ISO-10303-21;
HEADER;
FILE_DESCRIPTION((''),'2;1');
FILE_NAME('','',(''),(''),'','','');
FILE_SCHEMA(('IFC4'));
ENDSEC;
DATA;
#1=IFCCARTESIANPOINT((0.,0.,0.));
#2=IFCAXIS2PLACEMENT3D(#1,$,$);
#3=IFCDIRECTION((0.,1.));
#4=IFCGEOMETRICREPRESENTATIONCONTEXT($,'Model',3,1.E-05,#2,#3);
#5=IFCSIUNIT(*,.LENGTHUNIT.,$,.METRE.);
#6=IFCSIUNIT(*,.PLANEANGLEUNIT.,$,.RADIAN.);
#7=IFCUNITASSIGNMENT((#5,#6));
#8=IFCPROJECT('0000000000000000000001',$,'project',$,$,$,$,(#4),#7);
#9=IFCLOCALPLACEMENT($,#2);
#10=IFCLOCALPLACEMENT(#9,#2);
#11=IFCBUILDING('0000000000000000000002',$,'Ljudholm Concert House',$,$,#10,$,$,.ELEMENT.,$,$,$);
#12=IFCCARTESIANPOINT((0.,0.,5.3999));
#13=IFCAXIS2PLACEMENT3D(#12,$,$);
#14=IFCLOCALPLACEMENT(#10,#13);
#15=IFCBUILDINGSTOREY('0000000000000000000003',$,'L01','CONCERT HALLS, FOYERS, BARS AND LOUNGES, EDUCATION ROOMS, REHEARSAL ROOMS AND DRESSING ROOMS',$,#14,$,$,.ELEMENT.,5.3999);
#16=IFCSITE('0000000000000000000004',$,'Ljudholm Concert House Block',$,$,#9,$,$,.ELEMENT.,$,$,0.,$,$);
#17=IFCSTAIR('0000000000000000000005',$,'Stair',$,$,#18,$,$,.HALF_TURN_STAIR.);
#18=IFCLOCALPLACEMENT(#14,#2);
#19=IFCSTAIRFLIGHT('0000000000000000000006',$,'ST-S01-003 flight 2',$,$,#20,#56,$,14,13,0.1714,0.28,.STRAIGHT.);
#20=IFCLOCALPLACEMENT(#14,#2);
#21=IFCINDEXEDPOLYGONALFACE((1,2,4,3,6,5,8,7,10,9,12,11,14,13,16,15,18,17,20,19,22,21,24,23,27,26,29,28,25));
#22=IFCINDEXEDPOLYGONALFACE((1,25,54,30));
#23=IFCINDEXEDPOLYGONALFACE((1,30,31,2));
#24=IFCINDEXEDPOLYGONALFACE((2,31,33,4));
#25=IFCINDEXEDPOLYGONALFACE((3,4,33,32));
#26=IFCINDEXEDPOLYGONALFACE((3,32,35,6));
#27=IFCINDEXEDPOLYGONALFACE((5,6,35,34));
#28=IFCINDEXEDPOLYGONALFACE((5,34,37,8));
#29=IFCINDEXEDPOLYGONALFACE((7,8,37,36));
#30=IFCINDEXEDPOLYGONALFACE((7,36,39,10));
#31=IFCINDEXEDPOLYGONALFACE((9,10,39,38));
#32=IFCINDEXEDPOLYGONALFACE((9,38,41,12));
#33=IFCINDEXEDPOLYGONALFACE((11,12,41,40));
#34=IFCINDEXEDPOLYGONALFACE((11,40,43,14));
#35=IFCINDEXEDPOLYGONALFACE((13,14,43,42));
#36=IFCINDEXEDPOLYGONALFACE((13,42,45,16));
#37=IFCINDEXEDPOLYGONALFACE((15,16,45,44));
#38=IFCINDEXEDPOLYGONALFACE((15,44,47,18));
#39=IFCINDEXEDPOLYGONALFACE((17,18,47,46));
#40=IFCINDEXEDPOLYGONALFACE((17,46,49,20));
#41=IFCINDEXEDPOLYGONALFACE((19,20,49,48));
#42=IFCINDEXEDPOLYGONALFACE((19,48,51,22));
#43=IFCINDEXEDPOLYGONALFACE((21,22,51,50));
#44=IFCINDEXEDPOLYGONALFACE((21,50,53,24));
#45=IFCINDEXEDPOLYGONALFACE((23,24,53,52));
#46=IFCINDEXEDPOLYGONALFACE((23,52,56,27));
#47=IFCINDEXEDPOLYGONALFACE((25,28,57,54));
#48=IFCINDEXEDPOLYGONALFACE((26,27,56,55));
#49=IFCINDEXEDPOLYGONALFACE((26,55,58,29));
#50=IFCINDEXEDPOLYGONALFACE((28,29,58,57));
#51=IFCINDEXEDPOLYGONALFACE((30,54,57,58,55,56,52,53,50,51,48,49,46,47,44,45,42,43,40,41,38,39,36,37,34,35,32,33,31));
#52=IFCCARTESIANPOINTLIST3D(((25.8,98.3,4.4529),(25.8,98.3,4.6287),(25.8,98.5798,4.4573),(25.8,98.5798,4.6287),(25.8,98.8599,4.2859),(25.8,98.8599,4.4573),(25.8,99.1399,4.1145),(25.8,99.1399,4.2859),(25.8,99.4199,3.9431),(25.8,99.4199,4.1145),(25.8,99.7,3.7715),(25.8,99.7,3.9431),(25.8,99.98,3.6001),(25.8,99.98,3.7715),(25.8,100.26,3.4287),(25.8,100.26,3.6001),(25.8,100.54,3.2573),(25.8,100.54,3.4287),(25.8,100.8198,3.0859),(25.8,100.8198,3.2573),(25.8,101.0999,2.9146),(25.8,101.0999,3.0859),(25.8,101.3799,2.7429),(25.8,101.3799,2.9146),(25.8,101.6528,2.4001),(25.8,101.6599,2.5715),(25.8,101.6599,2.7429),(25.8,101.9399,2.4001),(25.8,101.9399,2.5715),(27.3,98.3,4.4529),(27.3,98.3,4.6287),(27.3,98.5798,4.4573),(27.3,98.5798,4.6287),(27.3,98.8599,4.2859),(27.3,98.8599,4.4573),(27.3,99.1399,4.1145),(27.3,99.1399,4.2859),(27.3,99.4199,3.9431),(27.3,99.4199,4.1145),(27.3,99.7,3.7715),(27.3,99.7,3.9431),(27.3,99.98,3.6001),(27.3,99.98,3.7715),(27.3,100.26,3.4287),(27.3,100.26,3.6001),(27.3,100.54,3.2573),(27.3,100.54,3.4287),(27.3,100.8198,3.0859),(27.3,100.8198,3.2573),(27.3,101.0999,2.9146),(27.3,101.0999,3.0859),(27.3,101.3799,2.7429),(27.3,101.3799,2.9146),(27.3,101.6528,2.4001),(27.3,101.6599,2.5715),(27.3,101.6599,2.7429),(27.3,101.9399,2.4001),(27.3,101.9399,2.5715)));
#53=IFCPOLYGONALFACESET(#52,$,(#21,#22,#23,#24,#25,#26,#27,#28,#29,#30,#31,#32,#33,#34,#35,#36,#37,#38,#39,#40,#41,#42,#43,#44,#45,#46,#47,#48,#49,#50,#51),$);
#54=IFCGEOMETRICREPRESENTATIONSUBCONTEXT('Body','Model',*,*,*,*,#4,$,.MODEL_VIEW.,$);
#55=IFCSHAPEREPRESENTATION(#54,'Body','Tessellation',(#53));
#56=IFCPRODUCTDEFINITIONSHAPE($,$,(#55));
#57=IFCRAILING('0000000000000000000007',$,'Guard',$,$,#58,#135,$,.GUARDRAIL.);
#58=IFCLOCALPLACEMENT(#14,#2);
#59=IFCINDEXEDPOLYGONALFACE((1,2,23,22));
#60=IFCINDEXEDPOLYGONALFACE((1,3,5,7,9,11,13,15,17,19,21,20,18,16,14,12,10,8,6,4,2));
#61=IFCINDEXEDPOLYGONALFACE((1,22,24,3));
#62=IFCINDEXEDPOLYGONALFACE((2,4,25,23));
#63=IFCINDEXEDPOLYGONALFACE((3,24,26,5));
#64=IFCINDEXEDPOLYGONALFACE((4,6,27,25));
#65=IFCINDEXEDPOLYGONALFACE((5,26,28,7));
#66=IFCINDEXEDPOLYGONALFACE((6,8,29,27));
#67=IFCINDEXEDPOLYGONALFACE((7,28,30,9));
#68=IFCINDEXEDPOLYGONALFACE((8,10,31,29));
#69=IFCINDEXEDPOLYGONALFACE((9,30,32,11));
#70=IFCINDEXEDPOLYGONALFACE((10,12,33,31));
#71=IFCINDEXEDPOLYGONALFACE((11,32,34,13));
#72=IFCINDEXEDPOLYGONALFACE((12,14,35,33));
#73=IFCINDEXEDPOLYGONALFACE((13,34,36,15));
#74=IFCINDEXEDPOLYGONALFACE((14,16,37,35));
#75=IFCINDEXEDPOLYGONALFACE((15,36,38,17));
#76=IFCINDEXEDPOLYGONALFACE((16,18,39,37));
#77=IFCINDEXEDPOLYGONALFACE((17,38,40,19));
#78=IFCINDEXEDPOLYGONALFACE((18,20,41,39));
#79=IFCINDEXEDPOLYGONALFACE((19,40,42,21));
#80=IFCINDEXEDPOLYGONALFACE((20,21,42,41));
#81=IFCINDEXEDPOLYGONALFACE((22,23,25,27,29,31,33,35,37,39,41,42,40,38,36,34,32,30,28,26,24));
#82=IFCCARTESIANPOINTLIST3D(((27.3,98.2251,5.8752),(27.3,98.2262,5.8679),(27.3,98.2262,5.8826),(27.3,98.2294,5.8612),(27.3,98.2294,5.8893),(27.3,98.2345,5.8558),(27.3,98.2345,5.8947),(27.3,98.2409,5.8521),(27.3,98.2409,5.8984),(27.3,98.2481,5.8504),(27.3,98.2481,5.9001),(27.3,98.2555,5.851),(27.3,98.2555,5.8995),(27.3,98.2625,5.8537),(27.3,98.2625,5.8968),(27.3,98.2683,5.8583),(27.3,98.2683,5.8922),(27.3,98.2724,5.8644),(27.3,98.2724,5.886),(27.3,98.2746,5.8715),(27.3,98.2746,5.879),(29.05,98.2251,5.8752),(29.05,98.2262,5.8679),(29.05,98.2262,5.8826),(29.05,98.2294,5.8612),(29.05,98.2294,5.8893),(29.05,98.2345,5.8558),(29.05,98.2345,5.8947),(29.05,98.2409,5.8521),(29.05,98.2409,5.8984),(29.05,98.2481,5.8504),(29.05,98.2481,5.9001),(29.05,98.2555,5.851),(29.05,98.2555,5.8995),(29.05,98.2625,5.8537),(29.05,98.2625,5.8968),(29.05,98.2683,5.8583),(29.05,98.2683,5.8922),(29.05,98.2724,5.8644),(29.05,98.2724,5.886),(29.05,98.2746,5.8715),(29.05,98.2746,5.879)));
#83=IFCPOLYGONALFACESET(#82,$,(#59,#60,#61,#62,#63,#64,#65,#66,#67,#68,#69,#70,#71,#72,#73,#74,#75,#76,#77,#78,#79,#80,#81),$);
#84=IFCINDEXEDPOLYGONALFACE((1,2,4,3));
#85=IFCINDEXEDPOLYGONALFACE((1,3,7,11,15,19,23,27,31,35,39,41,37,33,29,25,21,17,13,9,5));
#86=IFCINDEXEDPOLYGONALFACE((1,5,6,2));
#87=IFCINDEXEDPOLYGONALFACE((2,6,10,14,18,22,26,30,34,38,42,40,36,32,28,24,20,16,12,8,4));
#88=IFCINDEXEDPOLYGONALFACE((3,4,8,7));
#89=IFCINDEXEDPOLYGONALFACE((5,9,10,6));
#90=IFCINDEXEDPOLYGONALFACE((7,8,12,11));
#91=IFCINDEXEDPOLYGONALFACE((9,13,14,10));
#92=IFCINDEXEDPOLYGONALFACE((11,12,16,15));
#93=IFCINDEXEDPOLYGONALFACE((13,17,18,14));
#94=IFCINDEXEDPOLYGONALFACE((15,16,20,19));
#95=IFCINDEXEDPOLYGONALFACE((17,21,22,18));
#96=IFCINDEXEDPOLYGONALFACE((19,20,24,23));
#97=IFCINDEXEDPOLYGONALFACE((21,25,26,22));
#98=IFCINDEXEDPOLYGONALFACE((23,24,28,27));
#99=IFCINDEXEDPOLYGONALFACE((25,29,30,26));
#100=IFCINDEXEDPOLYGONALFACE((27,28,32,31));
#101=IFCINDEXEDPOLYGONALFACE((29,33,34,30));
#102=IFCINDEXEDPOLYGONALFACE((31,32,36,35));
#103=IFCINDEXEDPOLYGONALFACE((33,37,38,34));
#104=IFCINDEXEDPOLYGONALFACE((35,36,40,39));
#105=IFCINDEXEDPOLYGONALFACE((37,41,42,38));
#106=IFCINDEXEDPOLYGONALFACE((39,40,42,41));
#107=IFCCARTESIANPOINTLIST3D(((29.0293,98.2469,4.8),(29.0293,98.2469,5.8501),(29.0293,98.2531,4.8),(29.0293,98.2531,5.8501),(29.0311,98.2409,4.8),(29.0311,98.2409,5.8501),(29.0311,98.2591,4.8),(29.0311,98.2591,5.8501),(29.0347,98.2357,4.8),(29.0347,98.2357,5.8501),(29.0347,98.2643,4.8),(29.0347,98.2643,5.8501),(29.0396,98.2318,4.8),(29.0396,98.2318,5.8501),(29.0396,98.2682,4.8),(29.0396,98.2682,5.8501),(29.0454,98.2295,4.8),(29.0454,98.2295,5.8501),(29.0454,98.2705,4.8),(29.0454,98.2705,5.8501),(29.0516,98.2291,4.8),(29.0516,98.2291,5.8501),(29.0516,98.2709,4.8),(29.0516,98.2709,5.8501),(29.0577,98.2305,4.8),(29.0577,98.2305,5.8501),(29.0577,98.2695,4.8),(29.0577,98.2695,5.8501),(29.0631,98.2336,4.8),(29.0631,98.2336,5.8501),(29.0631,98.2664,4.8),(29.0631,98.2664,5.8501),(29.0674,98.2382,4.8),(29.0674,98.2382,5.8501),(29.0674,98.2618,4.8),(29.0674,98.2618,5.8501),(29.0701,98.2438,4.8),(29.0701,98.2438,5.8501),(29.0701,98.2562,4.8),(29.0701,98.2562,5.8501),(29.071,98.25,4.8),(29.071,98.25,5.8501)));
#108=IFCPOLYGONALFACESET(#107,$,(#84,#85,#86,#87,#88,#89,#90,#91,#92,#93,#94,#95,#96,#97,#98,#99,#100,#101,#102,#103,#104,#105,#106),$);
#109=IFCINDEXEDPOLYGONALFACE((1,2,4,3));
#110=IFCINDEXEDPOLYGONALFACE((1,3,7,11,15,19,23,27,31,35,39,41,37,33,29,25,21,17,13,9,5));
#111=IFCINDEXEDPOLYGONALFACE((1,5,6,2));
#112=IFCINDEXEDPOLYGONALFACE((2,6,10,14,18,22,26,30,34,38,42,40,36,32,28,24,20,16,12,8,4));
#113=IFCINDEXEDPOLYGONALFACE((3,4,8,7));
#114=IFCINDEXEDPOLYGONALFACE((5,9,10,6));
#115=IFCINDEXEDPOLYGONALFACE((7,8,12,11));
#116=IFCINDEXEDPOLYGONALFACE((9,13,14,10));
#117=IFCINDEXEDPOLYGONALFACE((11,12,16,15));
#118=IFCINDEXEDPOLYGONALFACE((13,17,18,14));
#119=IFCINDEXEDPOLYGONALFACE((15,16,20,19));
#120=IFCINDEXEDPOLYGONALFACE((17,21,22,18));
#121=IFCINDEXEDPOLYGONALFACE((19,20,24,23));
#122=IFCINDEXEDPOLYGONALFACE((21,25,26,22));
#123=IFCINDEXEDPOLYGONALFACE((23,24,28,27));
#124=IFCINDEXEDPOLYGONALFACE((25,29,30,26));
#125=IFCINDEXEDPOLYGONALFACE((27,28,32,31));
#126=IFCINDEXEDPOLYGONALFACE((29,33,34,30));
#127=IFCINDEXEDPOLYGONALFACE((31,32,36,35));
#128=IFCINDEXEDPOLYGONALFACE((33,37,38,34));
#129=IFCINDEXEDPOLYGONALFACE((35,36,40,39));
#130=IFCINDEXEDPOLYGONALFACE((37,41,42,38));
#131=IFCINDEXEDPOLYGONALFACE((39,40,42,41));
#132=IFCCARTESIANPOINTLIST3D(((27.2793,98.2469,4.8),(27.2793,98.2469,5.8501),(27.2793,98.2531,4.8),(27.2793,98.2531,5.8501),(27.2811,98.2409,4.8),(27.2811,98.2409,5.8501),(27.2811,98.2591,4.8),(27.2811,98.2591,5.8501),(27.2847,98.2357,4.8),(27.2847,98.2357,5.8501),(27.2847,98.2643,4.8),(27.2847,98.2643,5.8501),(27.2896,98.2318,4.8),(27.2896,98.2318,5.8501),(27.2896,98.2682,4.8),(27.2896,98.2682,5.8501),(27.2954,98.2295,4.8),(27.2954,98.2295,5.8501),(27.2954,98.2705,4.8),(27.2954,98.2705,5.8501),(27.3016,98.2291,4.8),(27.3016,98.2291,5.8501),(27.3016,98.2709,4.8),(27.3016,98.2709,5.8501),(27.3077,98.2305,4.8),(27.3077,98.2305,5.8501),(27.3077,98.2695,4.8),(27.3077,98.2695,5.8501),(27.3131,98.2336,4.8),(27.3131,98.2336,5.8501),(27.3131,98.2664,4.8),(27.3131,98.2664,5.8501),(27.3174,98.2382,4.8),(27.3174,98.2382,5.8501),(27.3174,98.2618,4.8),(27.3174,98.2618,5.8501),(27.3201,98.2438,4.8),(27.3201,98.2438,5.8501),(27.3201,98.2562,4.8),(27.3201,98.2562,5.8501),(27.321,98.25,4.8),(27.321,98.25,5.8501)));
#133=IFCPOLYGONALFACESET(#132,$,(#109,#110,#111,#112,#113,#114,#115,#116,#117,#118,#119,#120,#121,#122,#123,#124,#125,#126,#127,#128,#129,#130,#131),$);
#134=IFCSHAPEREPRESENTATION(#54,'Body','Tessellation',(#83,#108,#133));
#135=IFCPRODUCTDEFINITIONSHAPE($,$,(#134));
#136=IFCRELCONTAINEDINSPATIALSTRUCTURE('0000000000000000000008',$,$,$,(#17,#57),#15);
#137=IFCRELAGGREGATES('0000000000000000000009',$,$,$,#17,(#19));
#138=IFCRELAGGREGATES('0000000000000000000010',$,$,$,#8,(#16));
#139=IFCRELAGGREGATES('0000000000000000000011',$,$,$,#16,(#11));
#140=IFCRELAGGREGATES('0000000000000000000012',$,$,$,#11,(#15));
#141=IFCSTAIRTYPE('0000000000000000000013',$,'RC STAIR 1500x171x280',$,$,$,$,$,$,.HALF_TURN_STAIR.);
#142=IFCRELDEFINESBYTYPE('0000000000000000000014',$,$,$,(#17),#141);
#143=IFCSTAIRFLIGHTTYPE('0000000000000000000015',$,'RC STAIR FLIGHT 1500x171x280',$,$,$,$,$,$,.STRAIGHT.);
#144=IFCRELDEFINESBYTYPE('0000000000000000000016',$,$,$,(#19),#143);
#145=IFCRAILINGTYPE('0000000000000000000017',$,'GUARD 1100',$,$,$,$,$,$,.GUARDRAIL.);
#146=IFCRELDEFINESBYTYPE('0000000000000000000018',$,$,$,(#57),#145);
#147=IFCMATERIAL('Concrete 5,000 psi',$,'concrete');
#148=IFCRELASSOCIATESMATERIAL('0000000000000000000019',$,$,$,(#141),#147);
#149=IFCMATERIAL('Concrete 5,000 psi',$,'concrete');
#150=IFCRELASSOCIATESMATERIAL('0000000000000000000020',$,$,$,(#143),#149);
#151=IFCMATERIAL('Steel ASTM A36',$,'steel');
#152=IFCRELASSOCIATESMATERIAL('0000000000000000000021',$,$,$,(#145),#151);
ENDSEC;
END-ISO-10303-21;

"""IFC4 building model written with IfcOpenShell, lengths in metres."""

from ifc_helpers import new_model, si_unit, direction, frame, origin, origin_2d, place, context, subcontext, project, spatial, polyline, circle, outline, extrude, material, type_object, element, aggregate, save


model = new_model("IFC4")

# Units and contexts
model_context = context("Model", 3, precision=1e-05, world=origin(), true_north=direction((0.0, 1.0)))
body_context = subcontext(model_context, "Body", "Model", "MODEL_VIEW")
ifc_project = project(units=[si_unit("LENGTHUNIT", "METRE"), si_unit("PLANEANGLEUNIT", "RADIAN")], contexts=[model_context])

# Site, building, storey
site_placement = place(None, origin())
site = spatial("IfcSite", under=ifc_project, at=site_placement, Name="Ljudholm Concert House Block", CompositionType="ELEMENT", RefElevation=0.0)
building_placement = place(site_placement, origin())
building = spatial("IfcBuilding", under=site, at=building_placement, Name="Ljudholm Concert House", CompositionType="ELEMENT")
storey_placement = place(building_placement, frame((0.0, 0.0, 5.3999)))
storey = spatial("IfcBuildingStorey", under=building, at=storey_placement, Name="L01", Description="CONCERT HALLS, FOYERS, BARS AND LOUNGES, EDUCATION ROOMS, REHEARSAL ROOMS AND DRESSING ROOMS", CompositionType="ELEMENT", Elevation=5.3999)

# Stair, stair flight
ifc_material_1 = material(Name="Concrete 5,000 psi", Category="concrete")
stair_type = type_object("IfcStairType", Name="RC STAIR 1500x171x280", PredefinedType="HALF_TURN_STAIR", material=ifc_material_1)
stair_placement = place(storey_placement, origin())
stair = element("IfcStair", 1, at=stair_placement, inside=storey, type_object=stair_type, Name="Stair", PredefinedType="HALF_TURN_STAIR")
ifc_material_2 = material(Name="Concrete 5,000 psi", Category="concrete")
stair_flight_type = type_object("IfcStairFlightType", Name="RC STAIR FLIGHT 1500x171x280", PredefinedType="STRAIGHT", material=ifc_material_2)
stair_flight_1_placement = place(storey_placement, frame((26.55, 101.9399, 2.4001), z_axis=(0.0, 0.0, 1.0), x_axis=(0.0, -1.0, 0.0)))
stair_flight_1 = element("IfcStairFlight", 2, at=stair_flight_1_placement, type_object=stair_flight_type, Name="ST-S01-003 flight 2", NumberOfRisers=14, NumberOfTreads=13, PredefinedType="STRAIGHT", RiserHeight=0.1714, TreadLength=0.28, context=body_context, shape_type="SweptSolid", body=[
    extrude(outline(polyline([(0.0, 0.0), (0.0, 0.1714), (0.28, 0.1714), (0.28, 0.3428), (0.5601, 0.3428), (0.5601, 0.5144), (0.8401, 0.5144), (0.8401, 0.6858), (1.1201, 0.6858), (1.1201, 0.8572), (1.3999, 0.8572), (1.3999, 1.0286), (1.6799, 1.0286), (1.6799, 1.2), (1.96, 1.2), (1.96, 1.3713), (2.24, 1.3713), (2.24, 1.543), (2.52, 1.543), (2.52, 1.7144), (2.8, 1.7144), (2.8, 1.8857), (3.0801, 1.8857), (3.0801, 2.0571), (3.3601, 2.0571), (3.3601, 2.2285), (3.6399, 2.2285), (3.6399, 2.3999), (3.6399, 2.0527), (0.2871, 0.0), (0.0, 0.0)])), frame((0.0, 0.75, 0.0), z_axis=(0.0, -1.0, 0.0), x_axis=(1.0, 0.0, 0.0)), (0.0, 0.0, 1.0), 1.5),
])
aggregate(stair, [stair_flight_1])

# Railing
ifc_material_3 = material(Name="Steel ASTM A36", Category="steel")
railing_type_1 = type_object("IfcRailingType", Name="GUARD 1100", PredefinedType="GUARDRAIL", material=ifc_material_3)
railing_1_placement = place(storey_placement, frame((29.05, 98.25, 4.8)))
element("IfcRailing", 3, at=railing_1_placement, inside=storey, type_object=railing_type_1, Name="Guard", PredefinedType="GUARDRAIL", context=body_context, shape_type="SweptSolid", body=[
    extrude(circle(Radius=0.0249, at=origin_2d()), frame((0.0, 0.0, 1.0752), z_axis=(-1.0, 0.0, 0.0), x_axis=(0.0, -1.0, 0.0)), (0.0, 0.0, 1.0), 1.75),
    extrude(circle(Radius=0.021, at=origin_2d()), origin(), (0.0, 0.0, 1.0), 1.05),
    extrude(circle(Radius=0.021, at=origin_2d()), frame((-1.75, 0.0, 0.0)), (0.0, 0.0, 1.0), 1.05),
])

save(model, "model.ifc")
